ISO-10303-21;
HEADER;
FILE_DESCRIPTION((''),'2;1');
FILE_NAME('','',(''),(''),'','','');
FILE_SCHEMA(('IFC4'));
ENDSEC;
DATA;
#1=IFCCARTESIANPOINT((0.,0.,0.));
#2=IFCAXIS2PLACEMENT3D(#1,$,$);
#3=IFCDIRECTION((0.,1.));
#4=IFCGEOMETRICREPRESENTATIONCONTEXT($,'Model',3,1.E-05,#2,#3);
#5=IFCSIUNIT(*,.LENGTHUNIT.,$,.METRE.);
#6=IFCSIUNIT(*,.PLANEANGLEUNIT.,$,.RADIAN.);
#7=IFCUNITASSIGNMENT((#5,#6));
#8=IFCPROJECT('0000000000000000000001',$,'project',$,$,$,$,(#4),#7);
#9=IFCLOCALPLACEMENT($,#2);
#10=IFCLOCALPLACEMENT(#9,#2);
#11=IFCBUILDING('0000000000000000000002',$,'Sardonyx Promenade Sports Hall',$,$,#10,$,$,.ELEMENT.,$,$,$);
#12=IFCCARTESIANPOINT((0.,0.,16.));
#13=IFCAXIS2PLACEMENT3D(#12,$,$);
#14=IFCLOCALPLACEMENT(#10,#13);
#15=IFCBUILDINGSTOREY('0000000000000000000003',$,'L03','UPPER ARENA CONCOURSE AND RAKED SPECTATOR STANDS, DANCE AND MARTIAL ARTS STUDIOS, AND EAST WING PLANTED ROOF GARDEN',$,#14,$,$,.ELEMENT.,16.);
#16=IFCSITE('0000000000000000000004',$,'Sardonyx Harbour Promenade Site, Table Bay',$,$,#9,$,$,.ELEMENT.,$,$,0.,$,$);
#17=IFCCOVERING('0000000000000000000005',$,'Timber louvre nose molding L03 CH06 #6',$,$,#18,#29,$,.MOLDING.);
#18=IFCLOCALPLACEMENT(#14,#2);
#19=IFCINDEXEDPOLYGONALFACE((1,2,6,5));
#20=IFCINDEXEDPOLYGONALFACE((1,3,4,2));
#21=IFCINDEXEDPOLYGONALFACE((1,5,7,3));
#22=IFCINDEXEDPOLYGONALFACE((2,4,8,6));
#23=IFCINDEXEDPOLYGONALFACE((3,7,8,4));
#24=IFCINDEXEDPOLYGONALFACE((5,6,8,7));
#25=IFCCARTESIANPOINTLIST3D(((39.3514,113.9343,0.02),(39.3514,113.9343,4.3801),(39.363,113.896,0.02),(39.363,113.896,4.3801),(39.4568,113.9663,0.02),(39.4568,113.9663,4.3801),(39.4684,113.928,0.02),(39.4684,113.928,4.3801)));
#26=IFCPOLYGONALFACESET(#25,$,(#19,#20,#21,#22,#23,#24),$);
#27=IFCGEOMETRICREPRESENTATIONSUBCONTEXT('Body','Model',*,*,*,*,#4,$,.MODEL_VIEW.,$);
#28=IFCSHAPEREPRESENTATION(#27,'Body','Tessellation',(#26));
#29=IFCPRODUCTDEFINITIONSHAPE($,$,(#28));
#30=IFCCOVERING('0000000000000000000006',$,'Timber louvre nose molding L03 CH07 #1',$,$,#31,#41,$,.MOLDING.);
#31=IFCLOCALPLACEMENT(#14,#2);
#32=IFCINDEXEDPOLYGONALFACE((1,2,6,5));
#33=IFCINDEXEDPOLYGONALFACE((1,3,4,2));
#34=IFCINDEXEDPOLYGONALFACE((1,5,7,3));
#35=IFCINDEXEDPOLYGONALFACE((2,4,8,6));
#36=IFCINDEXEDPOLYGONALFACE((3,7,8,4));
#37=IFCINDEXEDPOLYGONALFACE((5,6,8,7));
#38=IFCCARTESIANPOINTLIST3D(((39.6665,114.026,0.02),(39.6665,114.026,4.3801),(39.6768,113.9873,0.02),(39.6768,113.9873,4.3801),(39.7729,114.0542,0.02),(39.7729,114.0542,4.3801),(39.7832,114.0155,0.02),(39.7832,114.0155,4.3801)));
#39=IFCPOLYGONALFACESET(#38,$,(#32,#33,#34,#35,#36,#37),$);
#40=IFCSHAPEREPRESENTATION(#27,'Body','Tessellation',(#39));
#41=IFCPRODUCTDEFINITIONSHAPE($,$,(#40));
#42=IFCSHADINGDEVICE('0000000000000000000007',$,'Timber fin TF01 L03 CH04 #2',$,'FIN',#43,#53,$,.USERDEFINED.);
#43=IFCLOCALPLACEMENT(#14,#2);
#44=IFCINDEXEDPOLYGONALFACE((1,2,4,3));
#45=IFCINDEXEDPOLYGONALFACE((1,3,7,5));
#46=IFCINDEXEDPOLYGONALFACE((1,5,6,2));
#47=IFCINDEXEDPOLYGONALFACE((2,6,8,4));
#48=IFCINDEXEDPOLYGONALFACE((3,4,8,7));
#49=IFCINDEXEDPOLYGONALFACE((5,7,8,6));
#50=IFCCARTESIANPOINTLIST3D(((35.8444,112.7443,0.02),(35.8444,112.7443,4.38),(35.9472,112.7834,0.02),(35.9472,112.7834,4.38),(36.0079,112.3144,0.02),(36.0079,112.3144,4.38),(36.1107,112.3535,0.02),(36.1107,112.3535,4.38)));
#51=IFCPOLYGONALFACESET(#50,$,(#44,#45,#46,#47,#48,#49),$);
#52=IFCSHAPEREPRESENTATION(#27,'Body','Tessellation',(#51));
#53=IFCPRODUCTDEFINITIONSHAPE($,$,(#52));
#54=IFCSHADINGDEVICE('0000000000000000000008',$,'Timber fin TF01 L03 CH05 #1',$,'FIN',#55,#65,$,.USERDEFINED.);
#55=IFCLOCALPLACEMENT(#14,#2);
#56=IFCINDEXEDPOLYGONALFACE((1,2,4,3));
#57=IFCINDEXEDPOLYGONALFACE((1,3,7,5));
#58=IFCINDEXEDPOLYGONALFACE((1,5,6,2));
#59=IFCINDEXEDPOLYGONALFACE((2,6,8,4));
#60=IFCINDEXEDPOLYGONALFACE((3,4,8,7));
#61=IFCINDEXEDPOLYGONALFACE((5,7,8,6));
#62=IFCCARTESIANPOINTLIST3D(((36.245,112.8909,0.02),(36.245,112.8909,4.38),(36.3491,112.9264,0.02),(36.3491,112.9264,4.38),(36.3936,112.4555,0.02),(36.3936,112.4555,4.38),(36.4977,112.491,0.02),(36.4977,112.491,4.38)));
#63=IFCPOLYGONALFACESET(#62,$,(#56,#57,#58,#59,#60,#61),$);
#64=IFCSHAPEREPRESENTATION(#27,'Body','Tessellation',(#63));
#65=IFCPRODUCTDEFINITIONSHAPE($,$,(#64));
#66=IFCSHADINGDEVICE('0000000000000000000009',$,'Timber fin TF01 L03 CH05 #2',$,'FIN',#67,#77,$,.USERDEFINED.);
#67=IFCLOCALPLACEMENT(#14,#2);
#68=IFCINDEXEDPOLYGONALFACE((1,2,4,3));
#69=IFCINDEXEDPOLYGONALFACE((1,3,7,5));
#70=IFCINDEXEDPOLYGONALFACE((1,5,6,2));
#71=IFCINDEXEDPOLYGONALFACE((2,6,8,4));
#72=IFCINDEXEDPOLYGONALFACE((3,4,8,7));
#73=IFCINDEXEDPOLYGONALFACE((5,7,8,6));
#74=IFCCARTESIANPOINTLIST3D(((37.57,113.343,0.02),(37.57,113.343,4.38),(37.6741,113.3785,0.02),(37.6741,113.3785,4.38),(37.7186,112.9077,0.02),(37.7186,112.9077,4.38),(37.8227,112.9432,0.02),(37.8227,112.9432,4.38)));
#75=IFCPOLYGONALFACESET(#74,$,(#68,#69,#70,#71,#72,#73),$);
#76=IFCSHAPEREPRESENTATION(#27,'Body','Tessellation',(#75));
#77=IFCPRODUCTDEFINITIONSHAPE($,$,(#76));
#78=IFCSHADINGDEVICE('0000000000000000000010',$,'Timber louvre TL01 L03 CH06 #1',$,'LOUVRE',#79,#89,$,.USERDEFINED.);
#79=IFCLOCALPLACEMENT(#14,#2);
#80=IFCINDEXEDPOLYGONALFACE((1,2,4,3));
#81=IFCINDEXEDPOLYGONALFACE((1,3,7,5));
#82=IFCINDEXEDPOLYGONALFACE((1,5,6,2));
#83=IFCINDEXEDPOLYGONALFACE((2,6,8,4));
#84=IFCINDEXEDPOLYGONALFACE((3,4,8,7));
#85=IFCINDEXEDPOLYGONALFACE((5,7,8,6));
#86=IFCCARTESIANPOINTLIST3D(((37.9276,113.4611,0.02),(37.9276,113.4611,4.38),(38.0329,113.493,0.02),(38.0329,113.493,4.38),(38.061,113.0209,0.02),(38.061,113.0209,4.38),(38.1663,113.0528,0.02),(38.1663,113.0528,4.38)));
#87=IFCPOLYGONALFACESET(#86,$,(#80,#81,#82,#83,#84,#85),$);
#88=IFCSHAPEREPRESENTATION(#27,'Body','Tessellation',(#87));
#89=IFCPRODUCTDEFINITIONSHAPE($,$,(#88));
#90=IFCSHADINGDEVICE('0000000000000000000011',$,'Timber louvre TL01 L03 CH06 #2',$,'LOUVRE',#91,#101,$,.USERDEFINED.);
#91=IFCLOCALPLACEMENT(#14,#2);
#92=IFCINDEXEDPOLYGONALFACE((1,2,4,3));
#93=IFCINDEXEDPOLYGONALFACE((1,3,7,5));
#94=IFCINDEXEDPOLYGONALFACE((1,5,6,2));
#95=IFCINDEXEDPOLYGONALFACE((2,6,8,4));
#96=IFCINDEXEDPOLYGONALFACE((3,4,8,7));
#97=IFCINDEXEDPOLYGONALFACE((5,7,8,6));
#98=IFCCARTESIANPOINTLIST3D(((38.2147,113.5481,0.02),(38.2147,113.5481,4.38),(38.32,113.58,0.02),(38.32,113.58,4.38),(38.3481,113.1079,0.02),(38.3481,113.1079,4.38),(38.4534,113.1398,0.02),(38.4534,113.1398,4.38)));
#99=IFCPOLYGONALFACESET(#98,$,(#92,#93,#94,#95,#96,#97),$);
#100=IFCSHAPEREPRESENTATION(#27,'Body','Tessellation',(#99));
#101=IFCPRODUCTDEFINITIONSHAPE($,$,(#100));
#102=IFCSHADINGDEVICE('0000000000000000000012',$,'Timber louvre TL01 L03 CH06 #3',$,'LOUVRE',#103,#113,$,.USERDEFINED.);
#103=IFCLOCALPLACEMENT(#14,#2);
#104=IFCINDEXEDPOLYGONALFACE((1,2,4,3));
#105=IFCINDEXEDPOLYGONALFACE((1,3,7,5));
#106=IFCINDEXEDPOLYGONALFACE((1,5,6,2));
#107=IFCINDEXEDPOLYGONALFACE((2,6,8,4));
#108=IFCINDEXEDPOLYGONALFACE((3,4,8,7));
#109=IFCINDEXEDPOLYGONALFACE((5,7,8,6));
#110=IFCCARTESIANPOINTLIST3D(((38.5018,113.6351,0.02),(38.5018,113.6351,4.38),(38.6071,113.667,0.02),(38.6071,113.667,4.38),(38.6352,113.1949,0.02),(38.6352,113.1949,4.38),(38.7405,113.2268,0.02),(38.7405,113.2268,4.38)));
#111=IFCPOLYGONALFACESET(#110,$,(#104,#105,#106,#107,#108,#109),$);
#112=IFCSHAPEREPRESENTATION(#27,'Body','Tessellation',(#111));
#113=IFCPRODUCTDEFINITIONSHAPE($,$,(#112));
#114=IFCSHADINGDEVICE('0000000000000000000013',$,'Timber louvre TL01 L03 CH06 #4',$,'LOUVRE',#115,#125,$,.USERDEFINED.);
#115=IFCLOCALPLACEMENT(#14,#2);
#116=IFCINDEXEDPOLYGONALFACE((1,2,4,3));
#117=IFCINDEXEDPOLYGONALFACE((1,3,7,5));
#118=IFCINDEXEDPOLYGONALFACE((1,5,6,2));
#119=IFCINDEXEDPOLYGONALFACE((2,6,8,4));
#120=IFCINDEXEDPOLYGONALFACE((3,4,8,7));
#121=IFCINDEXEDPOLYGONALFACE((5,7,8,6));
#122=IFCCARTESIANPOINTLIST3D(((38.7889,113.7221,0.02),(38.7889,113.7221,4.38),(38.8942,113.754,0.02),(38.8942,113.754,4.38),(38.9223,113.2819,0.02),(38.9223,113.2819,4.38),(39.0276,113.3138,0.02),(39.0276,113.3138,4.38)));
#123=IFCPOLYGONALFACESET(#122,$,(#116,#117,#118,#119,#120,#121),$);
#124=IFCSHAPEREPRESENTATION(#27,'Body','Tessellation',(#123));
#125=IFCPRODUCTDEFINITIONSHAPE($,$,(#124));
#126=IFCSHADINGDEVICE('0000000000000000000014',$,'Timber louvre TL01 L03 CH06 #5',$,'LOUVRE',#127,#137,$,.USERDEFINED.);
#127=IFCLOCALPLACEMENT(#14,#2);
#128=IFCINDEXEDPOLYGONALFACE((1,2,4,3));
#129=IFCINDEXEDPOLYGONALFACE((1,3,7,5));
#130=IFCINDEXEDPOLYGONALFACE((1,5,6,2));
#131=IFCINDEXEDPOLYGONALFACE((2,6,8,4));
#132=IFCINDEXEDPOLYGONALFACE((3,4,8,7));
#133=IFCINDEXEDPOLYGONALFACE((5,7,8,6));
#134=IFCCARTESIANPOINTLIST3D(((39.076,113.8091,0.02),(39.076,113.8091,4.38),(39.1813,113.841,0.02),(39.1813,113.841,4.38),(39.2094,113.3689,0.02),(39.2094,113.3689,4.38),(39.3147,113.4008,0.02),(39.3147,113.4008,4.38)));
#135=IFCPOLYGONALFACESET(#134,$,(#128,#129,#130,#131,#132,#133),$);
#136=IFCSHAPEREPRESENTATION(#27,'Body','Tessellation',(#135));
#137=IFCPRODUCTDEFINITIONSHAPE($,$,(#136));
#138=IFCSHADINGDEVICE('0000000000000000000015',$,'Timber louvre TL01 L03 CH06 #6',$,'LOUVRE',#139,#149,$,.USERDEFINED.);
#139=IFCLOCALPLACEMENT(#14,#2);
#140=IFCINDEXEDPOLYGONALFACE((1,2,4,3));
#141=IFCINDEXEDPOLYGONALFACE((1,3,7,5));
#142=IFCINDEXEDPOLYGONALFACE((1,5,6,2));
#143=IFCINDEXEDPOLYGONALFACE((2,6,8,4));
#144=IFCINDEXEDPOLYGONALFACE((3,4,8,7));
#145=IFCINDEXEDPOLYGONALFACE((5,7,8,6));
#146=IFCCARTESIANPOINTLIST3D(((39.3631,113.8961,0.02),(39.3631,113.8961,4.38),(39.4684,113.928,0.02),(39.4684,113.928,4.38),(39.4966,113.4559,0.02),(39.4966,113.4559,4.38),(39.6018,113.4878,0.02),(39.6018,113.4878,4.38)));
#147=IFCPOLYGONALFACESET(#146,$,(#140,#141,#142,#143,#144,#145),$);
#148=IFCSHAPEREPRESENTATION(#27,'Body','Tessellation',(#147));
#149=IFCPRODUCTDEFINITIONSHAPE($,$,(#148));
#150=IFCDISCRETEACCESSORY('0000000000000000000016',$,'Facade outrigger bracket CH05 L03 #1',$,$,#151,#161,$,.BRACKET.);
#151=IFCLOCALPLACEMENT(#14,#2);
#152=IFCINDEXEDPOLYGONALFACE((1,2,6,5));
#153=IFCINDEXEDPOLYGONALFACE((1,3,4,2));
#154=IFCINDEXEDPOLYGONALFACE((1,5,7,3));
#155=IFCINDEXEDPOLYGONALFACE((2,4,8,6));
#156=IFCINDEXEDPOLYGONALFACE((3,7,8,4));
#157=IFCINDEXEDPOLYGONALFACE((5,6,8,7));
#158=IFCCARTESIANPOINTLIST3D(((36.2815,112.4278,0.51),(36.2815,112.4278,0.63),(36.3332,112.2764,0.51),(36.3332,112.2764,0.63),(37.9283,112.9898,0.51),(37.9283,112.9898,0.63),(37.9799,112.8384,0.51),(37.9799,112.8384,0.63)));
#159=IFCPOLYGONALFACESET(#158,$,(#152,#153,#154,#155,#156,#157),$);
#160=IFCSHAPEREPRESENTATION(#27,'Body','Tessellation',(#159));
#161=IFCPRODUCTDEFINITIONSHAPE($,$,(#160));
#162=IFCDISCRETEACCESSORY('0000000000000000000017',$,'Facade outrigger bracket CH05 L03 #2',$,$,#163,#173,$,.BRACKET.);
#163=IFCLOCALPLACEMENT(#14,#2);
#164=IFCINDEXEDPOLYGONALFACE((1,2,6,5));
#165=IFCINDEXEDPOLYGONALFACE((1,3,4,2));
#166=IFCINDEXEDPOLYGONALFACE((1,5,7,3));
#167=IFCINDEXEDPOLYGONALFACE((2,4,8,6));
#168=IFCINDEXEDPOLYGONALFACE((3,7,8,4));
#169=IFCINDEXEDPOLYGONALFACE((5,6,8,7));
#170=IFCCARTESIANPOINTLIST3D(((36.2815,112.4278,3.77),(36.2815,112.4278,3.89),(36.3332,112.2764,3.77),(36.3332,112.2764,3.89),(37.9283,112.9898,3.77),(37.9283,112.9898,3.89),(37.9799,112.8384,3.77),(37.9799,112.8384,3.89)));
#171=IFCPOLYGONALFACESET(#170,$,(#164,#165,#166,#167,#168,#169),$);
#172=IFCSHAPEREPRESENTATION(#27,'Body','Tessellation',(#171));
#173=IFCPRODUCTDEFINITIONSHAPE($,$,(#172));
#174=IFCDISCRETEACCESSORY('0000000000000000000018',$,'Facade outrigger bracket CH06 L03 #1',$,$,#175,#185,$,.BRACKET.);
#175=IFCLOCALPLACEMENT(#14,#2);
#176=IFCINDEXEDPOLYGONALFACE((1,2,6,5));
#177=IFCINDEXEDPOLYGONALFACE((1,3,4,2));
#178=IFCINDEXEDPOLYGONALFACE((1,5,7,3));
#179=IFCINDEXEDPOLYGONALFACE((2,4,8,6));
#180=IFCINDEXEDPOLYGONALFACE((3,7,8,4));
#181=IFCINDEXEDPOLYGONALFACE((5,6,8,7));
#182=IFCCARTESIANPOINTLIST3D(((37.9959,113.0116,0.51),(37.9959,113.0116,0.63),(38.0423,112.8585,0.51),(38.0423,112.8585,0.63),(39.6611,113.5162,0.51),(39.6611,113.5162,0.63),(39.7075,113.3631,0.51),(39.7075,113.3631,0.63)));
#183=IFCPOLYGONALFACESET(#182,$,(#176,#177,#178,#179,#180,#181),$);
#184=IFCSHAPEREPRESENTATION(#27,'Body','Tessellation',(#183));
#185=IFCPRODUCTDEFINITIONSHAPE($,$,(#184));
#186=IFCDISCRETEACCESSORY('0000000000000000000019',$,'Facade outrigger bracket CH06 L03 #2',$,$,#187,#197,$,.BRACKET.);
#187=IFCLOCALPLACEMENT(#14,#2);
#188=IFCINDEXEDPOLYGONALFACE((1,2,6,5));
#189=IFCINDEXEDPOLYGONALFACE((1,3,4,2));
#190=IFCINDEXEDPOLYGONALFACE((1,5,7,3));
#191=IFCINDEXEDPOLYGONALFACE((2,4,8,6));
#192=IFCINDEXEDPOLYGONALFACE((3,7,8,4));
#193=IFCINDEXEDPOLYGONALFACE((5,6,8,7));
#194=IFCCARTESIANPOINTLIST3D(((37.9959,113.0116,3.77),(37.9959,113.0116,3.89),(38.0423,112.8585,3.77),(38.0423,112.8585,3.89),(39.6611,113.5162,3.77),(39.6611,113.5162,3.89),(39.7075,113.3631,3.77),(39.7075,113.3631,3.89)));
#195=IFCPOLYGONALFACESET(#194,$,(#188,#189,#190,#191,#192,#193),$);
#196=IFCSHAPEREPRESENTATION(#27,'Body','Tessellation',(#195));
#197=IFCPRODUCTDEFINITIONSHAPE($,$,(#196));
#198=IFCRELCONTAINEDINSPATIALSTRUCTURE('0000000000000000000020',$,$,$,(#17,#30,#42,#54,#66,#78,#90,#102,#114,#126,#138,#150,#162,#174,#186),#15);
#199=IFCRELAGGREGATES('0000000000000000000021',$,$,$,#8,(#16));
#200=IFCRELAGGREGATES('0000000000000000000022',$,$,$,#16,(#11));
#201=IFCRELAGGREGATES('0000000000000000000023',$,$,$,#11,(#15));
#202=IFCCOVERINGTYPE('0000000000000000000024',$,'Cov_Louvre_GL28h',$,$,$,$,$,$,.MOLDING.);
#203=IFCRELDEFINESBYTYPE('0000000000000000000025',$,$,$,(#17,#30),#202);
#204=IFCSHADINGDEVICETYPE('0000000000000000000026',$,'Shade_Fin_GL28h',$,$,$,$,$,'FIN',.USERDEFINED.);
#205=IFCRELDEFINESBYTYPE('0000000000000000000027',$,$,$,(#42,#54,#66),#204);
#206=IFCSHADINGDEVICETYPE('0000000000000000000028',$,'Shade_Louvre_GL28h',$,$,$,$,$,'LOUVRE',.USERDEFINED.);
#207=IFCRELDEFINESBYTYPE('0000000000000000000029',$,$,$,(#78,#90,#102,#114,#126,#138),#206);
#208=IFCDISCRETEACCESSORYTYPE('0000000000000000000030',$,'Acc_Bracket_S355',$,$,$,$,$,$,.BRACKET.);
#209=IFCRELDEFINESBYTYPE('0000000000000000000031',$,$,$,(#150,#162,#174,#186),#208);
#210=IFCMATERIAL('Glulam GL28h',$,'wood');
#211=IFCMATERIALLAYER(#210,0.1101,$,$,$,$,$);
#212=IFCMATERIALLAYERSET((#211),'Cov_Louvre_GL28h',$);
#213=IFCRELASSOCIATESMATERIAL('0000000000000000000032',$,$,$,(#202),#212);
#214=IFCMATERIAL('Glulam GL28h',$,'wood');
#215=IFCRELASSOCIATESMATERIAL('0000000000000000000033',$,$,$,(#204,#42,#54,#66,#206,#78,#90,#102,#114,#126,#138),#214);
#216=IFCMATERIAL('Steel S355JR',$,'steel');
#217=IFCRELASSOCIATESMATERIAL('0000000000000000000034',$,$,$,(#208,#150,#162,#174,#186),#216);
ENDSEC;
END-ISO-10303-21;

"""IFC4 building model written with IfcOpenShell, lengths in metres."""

from ifc_helpers import new_model, si_unit, direction, frame, origin, origin_2d, place, context, subcontext, project, spatial, rectangle, extrude, material, layer, layer_set, type_object, element, save


model = new_model("IFC4")

# Units and contexts
model_context = context("Model", 3, precision=1e-05, world=origin(), true_north=direction((0.0, 1.0)))
body_context = subcontext(model_context, "Body", "Model", "MODEL_VIEW")
ifc_project = project(units=[si_unit("LENGTHUNIT", "METRE"), si_unit("PLANEANGLEUNIT", "RADIAN")], contexts=[model_context])

# Site, building, storey
site_placement = place(None, origin())
site = spatial("IfcSite", under=ifc_project, at=site_placement, Name="Sardonyx Harbour Promenade Site, Table Bay", CompositionType="ELEMENT", RefElevation=0.0)
building_placement = place(site_placement, origin())
building = spatial("IfcBuilding", under=site, at=building_placement, Name="Sardonyx Promenade Sports Hall", CompositionType="ELEMENT")
storey_placement = place(building_placement, frame((0.0, 0.0, 16.0)))
storey = spatial("IfcBuildingStorey", under=building, at=storey_placement, Name="L03", Description="UPPER ARENA CONCOURSE AND RAKED SPECTATOR STANDS, DANCE AND MARTIAL ARTS STUDIOS, AND EAST WING PLANTED ROOF GARDEN", CompositionType="ELEMENT", Elevation=16.0)

# Coverings
ifc_material_1 = material(Name="Glulam GL28h", Category="wood")
ifc_layer_1 = layer(ifc_material_1, 0.1101)
ifc_layer_set_1 = layer_set([ifc_layer_1], Name="Cov_Louvre_GL28h")
covering_type = type_object("IfcCoveringType", Name="Cov_Louvre_GL28h", PredefinedType="MOLDING", material=ifc_layer_set_1)
for number, where, z_axis, x_axis, name in (
    (1, (39.4099, 113.9312, 0.02), (0.0, 0.0, 1.0), (0.957021, 0.290017, 0.0), "Timber louvre nose molding L03 CH06 #6"),
    (2, (39.7249, 114.0208, 0.02), (0.0, 0.0, 1.0), (0.966485, 0.256721, 0.0), "Timber louvre nose molding L03 CH07 #1"),
):
    element("IfcCovering", number, at=place(storey_placement, frame(where, z_axis=z_axis, x_axis=x_axis)), inside=storey, type_object=covering_type, Name=name, PredefinedType="MOLDING", context=body_context, shape_type="SweptSolid", body=[
        extrude(rectangle(XDim=0.1101, YDim=0.04, at=origin_2d()), origin(), (0.0, 0.0, 1.0), 4.3601),
    ])

# Shading devices
ifc_material_2 = material(Name="Glulam GL28h", Category="wood")
shading_device_type_1 = type_object("IfcShadingDeviceType", Name="Shade_Fin_GL28h", ElementType="FIN", PredefinedType="USERDEFINED", material=ifc_material_2)
for number, where, z_axis, x_axis, name in (
    (3, (35.9776, 112.5489, 0.02), (0.0, 0.0, 1.0), (0.934666, 0.355528, 0.0), "Timber fin TF01 L03 CH04 #2"),
    (4, (36.3714, 112.6909, 0.02), (0.0, 0.0, 1.0), (0.946411, 0.322966, 0.0), "Timber fin TF01 L03 CH05 #1"),
    (5, (37.6963, 113.1431, 0.02), (0.0, 0.0, 1.0), (0.946411, 0.322966, 0.0), "Timber fin TF01 L03 CH05 #2"),
):
    element("IfcShadingDevice", number, at=place(storey_placement, frame(where, z_axis=z_axis, x_axis=x_axis)), inside=storey, type_object=shading_device_type_1, material=ifc_material_2, Name=name, ObjectType="FIN", PredefinedType="USERDEFINED", context=body_context, shape_type="SweptSolid", body=[
        extrude(rectangle(XDim=0.11, YDim=0.46), origin(), (0.0, 0.0, 1.0), 4.36),
    ])
shading_device_type_2 = type_object("IfcShadingDeviceType", Name="Shade_Louvre_GL28h", ElementType="LOUVRE", PredefinedType="USERDEFINED", material=ifc_material_2)
for number, where, z_axis, x_axis, name in (
    (6, (38.047, 113.2569, 0.02), (0.0, 0.0, 1.0), (0.957021, 0.290017, 0.0), "Timber louvre TL01 L03 CH06 #1"),
    (7, (38.3341, 113.3439, 0.02), (0.0, 0.0, 1.0), (0.957021, 0.290017, 0.0), "Timber louvre TL01 L03 CH06 #2"),
    (8, (38.6212, 113.4309, 0.02), (0.0, 0.0, 1.0), (0.957021, 0.290017, 0.0), "Timber louvre TL01 L03 CH06 #3"),
    (9, (38.9083, 113.5179, 0.02), (0.0, 0.0, 1.0), (0.957021, 0.290017, 0.0), "Timber louvre TL01 L03 CH06 #4"),
    (10, (39.1954, 113.605, 0.02), (0.0, 0.0, 1.0), (0.957021, 0.290017, 0.0), "Timber louvre TL01 L03 CH06 #5"),
    (11, (39.4825, 113.692, 0.02), (0.0, 0.0, 1.0), (0.957021, 0.290017, 0.0), "Timber louvre TL01 L03 CH06 #6"),
):
    element("IfcShadingDevice", number, at=place(storey_placement, frame(where, z_axis=z_axis, x_axis=x_axis)), inside=storey, type_object=shading_device_type_2, material=ifc_material_2, Name=name, ObjectType="LOUVRE", PredefinedType="USERDEFINED", context=body_context, shape_type="SweptSolid", body=[
        extrude(rectangle(XDim=0.11, YDim=0.46), origin(), (0.0, 0.0, 1.0), 4.36),
    ])

# Discrete accessories
ifc_material_3 = material(Name="Steel S355JR", Category="steel")
discrete_accessory_type = type_object("IfcDiscreteAccessoryType", Name="Acc_Bracket_S355", PredefinedType="BRACKET", material=ifc_material_3)
for number, where, z_axis, x_axis, name in (
    (12, (37.1307, 112.6331, 0.51), (0.0, 0.0, 1.0), (0.946411, 0.322966, 0.0), "Facade outrigger bracket CH05 L03 #1"),
    (13, (37.1307, 112.6331, 3.77), (0.0, 0.0, 1.0), (0.946411, 0.322966, 0.0), "Facade outrigger bracket CH05 L03 #2"),
    (14, (38.8517, 113.1873, 0.51), (0.0, 0.0, 1.0), (0.957021, 0.290017, 0.0), "Facade outrigger bracket CH06 L03 #1"),
    (15, (38.8517, 113.1873, 3.77), (0.0, 0.0, 1.0), (0.957021, 0.290017, 0.0), "Facade outrigger bracket CH06 L03 #2"),
):
    element("IfcDiscreteAccessory", number, at=place(storey_placement, frame(where, z_axis=z_axis, x_axis=x_axis)), inside=storey, type_object=discrete_accessory_type, material=ifc_material_3, Name=name, PredefinedType="BRACKET", context=body_context, shape_type="SweptSolid", body=[
        extrude(rectangle(XDim=1.74, YDim=0.16), origin(), (0.0, 0.0, 1.0), 0.12),
    ])

save(model, "model.ifc")
